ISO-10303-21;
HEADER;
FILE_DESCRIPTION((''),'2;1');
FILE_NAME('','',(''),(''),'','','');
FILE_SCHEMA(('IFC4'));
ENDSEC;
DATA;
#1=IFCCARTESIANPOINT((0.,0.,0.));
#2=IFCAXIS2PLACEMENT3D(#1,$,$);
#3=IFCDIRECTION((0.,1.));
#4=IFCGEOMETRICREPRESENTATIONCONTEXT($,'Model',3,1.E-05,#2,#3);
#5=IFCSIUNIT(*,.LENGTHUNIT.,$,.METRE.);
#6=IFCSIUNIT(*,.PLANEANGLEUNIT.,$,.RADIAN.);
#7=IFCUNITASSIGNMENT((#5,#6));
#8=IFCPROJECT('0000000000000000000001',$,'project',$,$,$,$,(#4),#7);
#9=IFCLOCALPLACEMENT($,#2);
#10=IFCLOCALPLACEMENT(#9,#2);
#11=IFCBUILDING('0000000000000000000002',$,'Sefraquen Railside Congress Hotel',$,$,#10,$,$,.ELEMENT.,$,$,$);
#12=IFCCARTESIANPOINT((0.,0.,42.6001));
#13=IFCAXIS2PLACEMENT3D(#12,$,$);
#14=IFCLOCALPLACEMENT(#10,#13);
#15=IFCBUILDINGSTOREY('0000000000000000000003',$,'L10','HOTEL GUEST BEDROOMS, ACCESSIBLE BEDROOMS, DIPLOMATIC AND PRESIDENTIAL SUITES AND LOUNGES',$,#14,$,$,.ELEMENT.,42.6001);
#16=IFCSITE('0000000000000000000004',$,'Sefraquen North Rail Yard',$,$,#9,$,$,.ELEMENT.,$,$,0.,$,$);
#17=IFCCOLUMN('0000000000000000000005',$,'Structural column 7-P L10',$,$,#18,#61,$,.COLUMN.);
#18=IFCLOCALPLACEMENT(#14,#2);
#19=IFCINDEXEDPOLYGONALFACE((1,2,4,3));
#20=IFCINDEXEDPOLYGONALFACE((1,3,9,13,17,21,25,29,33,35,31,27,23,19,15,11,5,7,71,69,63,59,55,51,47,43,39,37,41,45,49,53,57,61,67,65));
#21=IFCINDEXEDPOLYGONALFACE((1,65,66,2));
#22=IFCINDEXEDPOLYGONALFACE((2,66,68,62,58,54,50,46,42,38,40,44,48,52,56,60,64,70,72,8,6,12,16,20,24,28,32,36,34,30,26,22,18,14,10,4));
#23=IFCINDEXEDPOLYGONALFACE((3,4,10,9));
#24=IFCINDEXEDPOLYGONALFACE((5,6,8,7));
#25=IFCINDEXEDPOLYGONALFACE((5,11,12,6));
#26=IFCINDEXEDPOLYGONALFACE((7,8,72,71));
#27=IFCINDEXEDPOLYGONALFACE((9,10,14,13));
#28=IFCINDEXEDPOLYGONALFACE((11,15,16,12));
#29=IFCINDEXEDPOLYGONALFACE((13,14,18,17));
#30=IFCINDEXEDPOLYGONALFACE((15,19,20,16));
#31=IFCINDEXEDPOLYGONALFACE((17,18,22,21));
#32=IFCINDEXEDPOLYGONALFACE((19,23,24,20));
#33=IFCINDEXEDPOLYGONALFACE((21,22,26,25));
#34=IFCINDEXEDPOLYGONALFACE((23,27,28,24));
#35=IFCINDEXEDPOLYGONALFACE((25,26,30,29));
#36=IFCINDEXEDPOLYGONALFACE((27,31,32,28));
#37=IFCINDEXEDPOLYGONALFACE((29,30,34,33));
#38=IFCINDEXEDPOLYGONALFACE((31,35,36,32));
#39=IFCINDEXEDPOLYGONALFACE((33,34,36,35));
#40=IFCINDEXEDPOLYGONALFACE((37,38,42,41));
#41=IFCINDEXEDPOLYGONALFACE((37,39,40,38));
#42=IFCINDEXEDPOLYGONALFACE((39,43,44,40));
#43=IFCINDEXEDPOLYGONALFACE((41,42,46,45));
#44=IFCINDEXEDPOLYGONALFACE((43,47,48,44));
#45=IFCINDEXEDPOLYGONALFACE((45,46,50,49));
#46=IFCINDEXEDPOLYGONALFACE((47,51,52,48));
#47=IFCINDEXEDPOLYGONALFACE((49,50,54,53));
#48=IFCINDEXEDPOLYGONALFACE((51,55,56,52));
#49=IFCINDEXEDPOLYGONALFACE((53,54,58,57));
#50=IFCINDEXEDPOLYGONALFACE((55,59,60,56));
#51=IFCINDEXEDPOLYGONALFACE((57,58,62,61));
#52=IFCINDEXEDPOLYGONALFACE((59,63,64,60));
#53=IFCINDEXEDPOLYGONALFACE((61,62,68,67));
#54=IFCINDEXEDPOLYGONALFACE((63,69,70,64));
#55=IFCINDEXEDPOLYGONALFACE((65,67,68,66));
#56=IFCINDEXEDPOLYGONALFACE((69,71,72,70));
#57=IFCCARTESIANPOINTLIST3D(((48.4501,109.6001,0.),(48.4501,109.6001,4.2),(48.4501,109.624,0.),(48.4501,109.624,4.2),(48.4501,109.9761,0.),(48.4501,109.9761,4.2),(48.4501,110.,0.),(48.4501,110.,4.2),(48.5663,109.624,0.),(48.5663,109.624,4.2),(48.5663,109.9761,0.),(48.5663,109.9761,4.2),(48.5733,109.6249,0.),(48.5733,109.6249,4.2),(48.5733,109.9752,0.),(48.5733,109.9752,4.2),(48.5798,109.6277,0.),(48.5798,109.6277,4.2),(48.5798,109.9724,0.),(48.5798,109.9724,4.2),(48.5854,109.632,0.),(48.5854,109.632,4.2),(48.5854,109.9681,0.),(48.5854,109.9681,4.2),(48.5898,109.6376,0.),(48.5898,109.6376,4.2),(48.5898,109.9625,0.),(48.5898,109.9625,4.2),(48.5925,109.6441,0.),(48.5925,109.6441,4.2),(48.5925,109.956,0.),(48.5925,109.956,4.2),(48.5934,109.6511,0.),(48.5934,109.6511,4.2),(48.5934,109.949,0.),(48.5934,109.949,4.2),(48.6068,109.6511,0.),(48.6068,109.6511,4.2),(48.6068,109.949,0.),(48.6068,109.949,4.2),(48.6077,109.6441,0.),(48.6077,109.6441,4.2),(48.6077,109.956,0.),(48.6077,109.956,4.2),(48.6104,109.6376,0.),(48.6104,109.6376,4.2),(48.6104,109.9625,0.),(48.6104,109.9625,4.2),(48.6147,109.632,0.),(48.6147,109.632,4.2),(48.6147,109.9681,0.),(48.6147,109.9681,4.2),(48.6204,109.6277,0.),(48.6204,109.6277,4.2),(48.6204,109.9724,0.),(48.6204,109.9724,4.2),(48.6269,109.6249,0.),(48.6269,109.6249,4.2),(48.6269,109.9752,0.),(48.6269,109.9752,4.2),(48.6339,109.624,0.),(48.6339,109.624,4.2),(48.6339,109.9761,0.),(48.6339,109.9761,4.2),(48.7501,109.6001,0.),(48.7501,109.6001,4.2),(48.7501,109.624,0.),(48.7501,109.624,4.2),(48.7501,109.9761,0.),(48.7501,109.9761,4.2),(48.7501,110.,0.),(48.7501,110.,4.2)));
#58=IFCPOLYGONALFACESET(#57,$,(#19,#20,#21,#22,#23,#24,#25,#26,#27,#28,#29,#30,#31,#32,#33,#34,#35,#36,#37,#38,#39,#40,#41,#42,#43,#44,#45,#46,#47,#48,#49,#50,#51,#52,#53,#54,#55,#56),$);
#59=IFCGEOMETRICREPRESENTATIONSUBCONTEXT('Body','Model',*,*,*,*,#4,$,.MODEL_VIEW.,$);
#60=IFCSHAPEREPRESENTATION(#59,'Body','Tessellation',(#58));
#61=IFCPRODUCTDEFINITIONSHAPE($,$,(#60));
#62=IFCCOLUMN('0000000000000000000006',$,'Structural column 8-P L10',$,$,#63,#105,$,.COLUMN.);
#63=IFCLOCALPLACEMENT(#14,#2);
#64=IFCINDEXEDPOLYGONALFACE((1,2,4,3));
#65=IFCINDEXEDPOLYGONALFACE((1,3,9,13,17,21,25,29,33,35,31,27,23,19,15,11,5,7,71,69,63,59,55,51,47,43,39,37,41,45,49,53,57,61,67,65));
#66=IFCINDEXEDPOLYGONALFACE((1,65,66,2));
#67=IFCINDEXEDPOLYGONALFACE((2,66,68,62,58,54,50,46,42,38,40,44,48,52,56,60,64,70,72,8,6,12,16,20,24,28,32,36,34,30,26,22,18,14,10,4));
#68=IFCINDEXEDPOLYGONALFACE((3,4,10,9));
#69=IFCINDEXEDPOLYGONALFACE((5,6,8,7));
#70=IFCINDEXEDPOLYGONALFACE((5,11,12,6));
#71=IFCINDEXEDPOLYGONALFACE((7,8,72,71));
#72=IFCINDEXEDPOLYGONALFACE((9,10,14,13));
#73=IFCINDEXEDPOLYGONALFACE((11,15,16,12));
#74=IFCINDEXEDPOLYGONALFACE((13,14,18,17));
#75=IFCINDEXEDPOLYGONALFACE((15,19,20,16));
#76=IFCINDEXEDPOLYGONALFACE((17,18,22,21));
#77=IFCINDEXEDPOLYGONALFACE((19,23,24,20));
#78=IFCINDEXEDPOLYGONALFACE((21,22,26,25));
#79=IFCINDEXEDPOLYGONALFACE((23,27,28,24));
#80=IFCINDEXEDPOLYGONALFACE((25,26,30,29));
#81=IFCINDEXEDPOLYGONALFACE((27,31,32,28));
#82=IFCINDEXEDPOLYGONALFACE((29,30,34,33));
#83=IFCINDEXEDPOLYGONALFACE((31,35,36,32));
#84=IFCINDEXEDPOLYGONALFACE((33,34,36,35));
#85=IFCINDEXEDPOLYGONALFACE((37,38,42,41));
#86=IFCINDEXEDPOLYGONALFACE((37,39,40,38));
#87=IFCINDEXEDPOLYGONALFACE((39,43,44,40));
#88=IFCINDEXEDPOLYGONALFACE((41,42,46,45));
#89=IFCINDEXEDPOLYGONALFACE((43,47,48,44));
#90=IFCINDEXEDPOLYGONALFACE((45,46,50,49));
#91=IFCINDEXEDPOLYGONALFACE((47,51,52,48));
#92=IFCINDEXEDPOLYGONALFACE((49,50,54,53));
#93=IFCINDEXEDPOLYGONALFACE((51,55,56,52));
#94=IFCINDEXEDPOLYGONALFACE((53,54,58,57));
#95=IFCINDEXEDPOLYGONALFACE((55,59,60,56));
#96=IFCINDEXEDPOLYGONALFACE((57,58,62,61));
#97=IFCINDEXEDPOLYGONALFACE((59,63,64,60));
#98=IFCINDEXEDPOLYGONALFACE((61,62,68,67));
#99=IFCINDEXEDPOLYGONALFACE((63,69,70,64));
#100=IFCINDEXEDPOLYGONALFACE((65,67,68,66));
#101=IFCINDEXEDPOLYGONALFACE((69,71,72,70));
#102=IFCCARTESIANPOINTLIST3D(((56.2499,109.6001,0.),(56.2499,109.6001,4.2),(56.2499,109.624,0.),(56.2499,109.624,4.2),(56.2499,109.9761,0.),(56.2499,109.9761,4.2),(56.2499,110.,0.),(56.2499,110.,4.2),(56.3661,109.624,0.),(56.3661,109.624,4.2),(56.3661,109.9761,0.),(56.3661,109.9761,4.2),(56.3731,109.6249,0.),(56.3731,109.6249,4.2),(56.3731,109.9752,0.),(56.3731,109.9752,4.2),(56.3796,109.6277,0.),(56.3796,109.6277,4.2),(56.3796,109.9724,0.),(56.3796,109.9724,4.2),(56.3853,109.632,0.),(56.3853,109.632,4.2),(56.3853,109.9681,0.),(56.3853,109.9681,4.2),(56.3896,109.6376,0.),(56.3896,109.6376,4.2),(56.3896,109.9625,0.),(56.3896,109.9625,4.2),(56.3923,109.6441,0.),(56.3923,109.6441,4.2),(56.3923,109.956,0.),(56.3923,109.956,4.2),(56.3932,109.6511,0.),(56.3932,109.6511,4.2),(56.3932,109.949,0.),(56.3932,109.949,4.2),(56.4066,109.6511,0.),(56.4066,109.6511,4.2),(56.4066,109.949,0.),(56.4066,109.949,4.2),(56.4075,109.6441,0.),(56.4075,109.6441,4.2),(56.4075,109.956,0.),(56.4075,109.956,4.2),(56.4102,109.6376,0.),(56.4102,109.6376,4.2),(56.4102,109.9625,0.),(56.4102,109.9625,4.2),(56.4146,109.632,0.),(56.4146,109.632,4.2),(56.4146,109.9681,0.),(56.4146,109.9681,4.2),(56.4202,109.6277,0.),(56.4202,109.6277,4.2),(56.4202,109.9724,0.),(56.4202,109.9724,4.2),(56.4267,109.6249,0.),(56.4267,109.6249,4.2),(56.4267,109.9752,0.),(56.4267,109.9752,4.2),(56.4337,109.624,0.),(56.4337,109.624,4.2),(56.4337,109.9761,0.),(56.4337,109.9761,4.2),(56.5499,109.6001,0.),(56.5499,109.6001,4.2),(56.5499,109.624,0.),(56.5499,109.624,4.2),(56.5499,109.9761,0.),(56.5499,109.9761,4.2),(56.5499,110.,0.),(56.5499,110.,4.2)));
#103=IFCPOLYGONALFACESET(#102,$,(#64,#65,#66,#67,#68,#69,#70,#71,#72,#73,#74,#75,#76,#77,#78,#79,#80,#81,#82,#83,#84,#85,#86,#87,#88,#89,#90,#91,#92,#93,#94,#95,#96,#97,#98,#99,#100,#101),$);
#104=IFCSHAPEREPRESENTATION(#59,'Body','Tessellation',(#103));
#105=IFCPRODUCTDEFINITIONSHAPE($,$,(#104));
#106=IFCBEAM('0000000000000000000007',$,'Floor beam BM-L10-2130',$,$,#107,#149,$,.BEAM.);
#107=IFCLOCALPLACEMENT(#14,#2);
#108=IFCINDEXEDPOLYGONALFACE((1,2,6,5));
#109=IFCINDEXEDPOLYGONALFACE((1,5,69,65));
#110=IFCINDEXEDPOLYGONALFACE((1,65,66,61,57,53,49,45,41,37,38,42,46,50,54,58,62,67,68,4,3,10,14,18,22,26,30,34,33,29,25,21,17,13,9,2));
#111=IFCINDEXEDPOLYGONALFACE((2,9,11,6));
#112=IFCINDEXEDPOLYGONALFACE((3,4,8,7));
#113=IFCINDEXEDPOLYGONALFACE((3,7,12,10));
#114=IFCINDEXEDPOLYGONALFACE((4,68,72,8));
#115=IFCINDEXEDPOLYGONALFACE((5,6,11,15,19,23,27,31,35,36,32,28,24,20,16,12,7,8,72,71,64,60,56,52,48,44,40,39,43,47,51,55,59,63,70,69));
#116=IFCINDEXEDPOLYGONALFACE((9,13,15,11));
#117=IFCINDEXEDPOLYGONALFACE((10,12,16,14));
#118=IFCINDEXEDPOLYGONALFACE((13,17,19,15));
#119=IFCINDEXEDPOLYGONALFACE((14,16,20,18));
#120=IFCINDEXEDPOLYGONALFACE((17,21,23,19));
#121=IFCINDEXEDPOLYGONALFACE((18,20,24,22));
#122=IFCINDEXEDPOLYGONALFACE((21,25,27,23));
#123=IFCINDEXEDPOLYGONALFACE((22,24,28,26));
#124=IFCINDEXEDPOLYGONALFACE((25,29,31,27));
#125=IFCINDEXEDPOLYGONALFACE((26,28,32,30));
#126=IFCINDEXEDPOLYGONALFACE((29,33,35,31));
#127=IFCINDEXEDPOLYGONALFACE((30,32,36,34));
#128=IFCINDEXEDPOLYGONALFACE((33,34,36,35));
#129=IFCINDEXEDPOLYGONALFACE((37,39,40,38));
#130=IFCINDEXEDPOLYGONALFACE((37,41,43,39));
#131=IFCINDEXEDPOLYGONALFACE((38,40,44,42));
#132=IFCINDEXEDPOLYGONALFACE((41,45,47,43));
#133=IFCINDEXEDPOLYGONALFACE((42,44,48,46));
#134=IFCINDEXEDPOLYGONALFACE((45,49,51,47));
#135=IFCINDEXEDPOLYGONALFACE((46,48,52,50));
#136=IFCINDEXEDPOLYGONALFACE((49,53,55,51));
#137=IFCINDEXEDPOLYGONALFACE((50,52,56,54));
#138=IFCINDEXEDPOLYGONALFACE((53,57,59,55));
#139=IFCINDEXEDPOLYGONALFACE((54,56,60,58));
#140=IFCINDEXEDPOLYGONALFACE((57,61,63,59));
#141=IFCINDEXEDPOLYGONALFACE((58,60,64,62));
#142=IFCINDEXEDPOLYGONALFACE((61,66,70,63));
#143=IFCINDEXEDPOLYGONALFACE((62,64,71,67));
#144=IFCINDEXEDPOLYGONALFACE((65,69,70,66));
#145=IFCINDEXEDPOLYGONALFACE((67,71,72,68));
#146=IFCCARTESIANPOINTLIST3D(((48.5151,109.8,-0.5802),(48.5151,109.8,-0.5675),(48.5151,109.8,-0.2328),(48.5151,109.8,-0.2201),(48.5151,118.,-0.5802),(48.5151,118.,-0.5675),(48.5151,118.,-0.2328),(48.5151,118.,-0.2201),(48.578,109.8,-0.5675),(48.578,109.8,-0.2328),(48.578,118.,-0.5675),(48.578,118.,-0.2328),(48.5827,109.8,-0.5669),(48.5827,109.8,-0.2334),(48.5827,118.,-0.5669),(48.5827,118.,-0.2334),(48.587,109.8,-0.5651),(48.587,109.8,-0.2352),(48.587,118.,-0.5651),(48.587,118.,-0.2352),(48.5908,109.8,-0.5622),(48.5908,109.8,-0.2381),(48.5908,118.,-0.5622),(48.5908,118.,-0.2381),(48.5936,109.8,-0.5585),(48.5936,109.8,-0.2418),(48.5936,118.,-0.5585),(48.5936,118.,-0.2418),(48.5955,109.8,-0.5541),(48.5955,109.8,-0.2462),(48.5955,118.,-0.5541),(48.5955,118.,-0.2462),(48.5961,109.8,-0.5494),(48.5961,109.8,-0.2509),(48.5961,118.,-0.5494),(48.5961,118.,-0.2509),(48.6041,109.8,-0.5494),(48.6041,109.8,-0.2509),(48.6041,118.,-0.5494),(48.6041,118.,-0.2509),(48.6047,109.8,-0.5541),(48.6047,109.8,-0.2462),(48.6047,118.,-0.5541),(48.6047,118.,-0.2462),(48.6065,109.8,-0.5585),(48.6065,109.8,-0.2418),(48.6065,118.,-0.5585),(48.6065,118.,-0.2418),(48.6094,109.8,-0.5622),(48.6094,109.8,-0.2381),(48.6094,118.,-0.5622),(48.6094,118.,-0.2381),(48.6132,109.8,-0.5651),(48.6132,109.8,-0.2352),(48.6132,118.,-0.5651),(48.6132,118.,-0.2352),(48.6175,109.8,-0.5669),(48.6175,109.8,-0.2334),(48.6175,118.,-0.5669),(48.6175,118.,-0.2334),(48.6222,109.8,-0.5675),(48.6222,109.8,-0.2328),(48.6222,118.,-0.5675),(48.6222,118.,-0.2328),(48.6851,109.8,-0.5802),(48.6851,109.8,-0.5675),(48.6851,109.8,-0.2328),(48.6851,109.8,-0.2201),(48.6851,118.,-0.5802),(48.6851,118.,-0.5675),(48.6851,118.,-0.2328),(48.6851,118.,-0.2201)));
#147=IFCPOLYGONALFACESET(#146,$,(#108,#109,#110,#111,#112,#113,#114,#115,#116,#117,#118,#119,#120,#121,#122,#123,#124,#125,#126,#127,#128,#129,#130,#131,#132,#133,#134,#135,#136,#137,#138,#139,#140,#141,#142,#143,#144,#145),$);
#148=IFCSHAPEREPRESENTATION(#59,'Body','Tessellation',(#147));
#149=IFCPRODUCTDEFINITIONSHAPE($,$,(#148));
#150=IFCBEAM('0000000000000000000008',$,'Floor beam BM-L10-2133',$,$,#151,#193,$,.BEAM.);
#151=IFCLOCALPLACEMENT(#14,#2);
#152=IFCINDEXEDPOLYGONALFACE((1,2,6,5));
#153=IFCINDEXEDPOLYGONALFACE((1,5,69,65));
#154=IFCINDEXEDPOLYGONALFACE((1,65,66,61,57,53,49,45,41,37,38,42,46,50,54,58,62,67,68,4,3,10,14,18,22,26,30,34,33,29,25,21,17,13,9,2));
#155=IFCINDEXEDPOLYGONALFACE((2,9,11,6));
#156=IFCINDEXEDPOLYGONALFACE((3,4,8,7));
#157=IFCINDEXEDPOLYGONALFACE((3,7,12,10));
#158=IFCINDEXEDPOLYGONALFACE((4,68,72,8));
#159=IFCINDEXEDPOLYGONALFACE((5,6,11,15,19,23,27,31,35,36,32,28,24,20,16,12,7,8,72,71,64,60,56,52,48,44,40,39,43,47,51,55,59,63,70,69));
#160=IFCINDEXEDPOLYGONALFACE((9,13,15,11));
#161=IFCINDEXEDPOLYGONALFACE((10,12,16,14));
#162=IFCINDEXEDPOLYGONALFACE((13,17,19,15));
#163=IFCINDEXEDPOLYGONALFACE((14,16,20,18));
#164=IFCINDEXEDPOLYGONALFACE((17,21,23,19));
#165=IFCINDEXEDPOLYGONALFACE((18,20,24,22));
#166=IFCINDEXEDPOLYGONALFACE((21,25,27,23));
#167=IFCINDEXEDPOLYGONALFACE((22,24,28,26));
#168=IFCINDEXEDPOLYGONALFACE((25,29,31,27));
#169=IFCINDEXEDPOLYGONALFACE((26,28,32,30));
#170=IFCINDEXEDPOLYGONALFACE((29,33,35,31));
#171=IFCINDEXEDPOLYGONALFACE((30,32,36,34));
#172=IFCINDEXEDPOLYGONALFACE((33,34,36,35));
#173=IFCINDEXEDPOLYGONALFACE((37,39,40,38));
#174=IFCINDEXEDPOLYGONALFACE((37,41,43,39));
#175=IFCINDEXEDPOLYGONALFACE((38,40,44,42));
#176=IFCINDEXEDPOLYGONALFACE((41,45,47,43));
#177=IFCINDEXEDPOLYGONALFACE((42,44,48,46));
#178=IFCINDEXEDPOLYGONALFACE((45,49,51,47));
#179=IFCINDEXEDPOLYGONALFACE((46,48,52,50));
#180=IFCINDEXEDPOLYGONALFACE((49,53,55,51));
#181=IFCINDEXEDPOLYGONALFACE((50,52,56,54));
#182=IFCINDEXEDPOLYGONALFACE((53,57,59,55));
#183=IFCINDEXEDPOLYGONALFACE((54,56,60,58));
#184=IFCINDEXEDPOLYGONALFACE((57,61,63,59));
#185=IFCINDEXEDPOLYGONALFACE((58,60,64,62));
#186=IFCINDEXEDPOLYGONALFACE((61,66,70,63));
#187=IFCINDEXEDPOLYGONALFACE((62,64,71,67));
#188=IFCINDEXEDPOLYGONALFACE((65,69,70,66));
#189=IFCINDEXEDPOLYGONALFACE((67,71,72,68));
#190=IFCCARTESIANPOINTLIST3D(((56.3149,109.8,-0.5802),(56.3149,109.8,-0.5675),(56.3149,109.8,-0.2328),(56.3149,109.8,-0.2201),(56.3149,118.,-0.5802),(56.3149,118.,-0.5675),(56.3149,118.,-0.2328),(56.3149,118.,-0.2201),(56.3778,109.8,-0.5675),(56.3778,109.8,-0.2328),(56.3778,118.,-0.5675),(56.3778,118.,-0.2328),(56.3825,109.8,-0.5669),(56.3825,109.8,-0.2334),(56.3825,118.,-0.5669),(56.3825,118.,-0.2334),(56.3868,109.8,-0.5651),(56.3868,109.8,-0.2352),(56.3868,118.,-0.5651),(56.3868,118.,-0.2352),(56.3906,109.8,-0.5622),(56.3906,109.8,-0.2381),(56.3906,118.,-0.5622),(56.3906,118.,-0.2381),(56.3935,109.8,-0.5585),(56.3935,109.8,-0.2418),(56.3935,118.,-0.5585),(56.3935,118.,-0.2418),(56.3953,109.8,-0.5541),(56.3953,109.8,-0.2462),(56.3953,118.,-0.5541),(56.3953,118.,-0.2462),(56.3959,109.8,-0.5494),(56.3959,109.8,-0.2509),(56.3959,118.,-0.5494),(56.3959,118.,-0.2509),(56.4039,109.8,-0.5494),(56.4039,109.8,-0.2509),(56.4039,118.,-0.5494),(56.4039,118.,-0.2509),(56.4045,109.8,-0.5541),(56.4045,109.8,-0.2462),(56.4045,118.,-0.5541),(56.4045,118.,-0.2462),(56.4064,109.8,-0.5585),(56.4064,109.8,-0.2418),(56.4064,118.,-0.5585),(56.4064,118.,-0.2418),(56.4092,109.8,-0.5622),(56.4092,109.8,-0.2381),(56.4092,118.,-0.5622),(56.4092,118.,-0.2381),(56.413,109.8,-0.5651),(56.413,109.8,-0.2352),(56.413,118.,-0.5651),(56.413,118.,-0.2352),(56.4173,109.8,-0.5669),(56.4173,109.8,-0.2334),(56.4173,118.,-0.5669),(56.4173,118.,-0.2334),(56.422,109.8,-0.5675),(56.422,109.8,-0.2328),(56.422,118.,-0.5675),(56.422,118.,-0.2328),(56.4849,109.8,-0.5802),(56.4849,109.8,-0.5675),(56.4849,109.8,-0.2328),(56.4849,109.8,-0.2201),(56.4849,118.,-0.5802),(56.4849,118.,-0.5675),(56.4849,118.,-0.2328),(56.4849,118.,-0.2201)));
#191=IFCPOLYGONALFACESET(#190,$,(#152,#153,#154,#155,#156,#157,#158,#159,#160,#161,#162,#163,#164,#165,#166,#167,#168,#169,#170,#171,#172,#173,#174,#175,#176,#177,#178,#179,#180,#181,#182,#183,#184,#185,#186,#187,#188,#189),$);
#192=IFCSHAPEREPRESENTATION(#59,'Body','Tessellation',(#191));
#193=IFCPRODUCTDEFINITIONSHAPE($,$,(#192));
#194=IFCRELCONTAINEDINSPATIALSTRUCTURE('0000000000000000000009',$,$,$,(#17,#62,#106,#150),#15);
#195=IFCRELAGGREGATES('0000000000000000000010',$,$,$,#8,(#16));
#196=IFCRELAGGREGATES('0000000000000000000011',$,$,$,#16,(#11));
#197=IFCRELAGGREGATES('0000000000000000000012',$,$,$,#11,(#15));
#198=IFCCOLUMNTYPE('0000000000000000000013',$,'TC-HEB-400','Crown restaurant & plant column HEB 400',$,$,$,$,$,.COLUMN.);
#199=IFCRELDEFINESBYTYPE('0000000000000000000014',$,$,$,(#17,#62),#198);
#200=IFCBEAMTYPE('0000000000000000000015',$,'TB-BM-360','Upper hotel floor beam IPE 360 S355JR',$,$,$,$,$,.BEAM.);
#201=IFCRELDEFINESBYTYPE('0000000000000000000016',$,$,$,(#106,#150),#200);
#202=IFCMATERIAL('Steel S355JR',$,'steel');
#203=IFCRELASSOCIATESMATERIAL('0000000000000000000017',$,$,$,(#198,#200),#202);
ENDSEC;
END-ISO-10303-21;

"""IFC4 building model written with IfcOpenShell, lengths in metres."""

from ifc_helpers import new_model, si_unit, direction, frame, origin, origin_2d, place, context, subcontext, project, spatial, i_section, extrude, material, material_profile, profile_set, type_object, element, save


model = new_model("IFC4")

# Units and contexts
model_context = context("Model", 3, precision=1e-05, world=origin(), true_north=direction((0.0, 1.0)))
body_context = subcontext(model_context, "Body", "Model", "MODEL_VIEW")
ifc_project = project(units=[si_unit("LENGTHUNIT", "METRE"), si_unit("PLANEANGLEUNIT", "RADIAN")], contexts=[model_context])

# Site, building, storey
site_placement = place(None, origin())
site = spatial("IfcSite", under=ifc_project, at=site_placement, Name="Sefraquen North Rail Yard", CompositionType="ELEMENT", RefElevation=0.0)
building_placement = place(site_placement, origin())
building = spatial("IfcBuilding", under=site, at=building_placement, Name="Sefraquen Railside Congress Hotel", CompositionType="ELEMENT")
storey_placement = place(building_placement, frame((0.0, 0.0, 42.6001)))
storey = spatial("IfcBuildingStorey", under=building, at=storey_placement, Name="L10", Description="HOTEL GUEST BEDROOMS, ACCESSIBLE BEDROOMS, DIPLOMATIC AND PRESIDENTIAL SUITES AND LOUNGES", CompositionType="ELEMENT", Elevation=42.6001)

# Columns
ifc_material_1 = material(Name="Steel S355JR", Category="steel")
ifc_material_profile_1 = material_profile(ifc_material_1, i_section(OverallWidth=0.3, OverallDepth=0.3999, WebThickness=0.0134, FlangeThickness=0.0239, FilletRadius=0.0271, at=origin_2d()), Name="HEB 400")
ifc_profile_set_1 = profile_set([ifc_material_profile_1], Name="Steel S355JR")
column_type = type_object("IfcColumnType", Name="TC-HEB-400", Description="Crown restaurant & plant column HEB 400", PredefinedType="COLUMN", material=ifc_profile_set_1)
for number, where, z_axis, x_axis, name in (
    (1, (48.6001, 109.8, 0.0), (0.0, 0.0, 1.0), (1.0, 0.0, 0.0), "Structural column 7-P L10"),
    (2, (56.3999, 109.8, 0.0), (0.0, 0.0, 1.0), (1.0, 0.0, 0.0), "Structural column 8-P L10"),
):
    element("IfcColumn", number, at=place(storey_placement, frame(where, z_axis=z_axis, x_axis=x_axis)), inside=storey, type_object=column_type, Name=name, PredefinedType="COLUMN", context=body_context, shape_type="SweptSolid", body=[
        extrude(i_section(OverallWidth=0.3, OverallDepth=0.3999, WebThickness=0.0134, FlangeThickness=0.0239, FilletRadius=0.0271, at=origin_2d()), origin(), (0.0, 0.0, 1.0), 4.2),
    ])

# Beams
ifc_material_profile_2 = material_profile(ifc_material_1, i_section(OverallWidth=0.1699, OverallDepth=0.3601, WebThickness=0.0081, FlangeThickness=0.0127, FilletRadius=0.0181, at=origin_2d()), Name="IPE 360")
ifc_profile_set_2 = profile_set([ifc_material_profile_2], Name="Steel S355JR")
beam_type_1 = type_object("IfcBeamType", Name="TB-BM-360", Description="Upper hotel floor beam IPE 360 S355JR", PredefinedType="BEAM", material=ifc_profile_set_2)
for number, where, z_axis, x_axis, name in (
    (3, (48.6001, 109.8, -0.4001), (0.0, 1.0, 0.0), (-1.0, 0.0, 0.0), "Floor beam BM-L10-2130"),
    (4, (56.3999, 109.8, -0.4001), (0.0, 1.0, 0.0), (-1.0, 0.0, 0.0), "Floor beam BM-L10-2133"),
):
    element("IfcBeam", number, at=place(storey_placement, frame(where, z_axis=z_axis, x_axis=x_axis)), inside=storey, type_object=beam_type_1, Name=name, PredefinedType="BEAM", context=body_context, shape_type="SweptSolid", body=[
        extrude(i_section(OverallWidth=0.1699, OverallDepth=0.3601, WebThickness=0.0081, FlangeThickness=0.0127, FilletRadius=0.0181, at=origin_2d()), origin(), (0.0, 0.0, 1.0), 8.2),
    ])

save(model, "model.ifc")
